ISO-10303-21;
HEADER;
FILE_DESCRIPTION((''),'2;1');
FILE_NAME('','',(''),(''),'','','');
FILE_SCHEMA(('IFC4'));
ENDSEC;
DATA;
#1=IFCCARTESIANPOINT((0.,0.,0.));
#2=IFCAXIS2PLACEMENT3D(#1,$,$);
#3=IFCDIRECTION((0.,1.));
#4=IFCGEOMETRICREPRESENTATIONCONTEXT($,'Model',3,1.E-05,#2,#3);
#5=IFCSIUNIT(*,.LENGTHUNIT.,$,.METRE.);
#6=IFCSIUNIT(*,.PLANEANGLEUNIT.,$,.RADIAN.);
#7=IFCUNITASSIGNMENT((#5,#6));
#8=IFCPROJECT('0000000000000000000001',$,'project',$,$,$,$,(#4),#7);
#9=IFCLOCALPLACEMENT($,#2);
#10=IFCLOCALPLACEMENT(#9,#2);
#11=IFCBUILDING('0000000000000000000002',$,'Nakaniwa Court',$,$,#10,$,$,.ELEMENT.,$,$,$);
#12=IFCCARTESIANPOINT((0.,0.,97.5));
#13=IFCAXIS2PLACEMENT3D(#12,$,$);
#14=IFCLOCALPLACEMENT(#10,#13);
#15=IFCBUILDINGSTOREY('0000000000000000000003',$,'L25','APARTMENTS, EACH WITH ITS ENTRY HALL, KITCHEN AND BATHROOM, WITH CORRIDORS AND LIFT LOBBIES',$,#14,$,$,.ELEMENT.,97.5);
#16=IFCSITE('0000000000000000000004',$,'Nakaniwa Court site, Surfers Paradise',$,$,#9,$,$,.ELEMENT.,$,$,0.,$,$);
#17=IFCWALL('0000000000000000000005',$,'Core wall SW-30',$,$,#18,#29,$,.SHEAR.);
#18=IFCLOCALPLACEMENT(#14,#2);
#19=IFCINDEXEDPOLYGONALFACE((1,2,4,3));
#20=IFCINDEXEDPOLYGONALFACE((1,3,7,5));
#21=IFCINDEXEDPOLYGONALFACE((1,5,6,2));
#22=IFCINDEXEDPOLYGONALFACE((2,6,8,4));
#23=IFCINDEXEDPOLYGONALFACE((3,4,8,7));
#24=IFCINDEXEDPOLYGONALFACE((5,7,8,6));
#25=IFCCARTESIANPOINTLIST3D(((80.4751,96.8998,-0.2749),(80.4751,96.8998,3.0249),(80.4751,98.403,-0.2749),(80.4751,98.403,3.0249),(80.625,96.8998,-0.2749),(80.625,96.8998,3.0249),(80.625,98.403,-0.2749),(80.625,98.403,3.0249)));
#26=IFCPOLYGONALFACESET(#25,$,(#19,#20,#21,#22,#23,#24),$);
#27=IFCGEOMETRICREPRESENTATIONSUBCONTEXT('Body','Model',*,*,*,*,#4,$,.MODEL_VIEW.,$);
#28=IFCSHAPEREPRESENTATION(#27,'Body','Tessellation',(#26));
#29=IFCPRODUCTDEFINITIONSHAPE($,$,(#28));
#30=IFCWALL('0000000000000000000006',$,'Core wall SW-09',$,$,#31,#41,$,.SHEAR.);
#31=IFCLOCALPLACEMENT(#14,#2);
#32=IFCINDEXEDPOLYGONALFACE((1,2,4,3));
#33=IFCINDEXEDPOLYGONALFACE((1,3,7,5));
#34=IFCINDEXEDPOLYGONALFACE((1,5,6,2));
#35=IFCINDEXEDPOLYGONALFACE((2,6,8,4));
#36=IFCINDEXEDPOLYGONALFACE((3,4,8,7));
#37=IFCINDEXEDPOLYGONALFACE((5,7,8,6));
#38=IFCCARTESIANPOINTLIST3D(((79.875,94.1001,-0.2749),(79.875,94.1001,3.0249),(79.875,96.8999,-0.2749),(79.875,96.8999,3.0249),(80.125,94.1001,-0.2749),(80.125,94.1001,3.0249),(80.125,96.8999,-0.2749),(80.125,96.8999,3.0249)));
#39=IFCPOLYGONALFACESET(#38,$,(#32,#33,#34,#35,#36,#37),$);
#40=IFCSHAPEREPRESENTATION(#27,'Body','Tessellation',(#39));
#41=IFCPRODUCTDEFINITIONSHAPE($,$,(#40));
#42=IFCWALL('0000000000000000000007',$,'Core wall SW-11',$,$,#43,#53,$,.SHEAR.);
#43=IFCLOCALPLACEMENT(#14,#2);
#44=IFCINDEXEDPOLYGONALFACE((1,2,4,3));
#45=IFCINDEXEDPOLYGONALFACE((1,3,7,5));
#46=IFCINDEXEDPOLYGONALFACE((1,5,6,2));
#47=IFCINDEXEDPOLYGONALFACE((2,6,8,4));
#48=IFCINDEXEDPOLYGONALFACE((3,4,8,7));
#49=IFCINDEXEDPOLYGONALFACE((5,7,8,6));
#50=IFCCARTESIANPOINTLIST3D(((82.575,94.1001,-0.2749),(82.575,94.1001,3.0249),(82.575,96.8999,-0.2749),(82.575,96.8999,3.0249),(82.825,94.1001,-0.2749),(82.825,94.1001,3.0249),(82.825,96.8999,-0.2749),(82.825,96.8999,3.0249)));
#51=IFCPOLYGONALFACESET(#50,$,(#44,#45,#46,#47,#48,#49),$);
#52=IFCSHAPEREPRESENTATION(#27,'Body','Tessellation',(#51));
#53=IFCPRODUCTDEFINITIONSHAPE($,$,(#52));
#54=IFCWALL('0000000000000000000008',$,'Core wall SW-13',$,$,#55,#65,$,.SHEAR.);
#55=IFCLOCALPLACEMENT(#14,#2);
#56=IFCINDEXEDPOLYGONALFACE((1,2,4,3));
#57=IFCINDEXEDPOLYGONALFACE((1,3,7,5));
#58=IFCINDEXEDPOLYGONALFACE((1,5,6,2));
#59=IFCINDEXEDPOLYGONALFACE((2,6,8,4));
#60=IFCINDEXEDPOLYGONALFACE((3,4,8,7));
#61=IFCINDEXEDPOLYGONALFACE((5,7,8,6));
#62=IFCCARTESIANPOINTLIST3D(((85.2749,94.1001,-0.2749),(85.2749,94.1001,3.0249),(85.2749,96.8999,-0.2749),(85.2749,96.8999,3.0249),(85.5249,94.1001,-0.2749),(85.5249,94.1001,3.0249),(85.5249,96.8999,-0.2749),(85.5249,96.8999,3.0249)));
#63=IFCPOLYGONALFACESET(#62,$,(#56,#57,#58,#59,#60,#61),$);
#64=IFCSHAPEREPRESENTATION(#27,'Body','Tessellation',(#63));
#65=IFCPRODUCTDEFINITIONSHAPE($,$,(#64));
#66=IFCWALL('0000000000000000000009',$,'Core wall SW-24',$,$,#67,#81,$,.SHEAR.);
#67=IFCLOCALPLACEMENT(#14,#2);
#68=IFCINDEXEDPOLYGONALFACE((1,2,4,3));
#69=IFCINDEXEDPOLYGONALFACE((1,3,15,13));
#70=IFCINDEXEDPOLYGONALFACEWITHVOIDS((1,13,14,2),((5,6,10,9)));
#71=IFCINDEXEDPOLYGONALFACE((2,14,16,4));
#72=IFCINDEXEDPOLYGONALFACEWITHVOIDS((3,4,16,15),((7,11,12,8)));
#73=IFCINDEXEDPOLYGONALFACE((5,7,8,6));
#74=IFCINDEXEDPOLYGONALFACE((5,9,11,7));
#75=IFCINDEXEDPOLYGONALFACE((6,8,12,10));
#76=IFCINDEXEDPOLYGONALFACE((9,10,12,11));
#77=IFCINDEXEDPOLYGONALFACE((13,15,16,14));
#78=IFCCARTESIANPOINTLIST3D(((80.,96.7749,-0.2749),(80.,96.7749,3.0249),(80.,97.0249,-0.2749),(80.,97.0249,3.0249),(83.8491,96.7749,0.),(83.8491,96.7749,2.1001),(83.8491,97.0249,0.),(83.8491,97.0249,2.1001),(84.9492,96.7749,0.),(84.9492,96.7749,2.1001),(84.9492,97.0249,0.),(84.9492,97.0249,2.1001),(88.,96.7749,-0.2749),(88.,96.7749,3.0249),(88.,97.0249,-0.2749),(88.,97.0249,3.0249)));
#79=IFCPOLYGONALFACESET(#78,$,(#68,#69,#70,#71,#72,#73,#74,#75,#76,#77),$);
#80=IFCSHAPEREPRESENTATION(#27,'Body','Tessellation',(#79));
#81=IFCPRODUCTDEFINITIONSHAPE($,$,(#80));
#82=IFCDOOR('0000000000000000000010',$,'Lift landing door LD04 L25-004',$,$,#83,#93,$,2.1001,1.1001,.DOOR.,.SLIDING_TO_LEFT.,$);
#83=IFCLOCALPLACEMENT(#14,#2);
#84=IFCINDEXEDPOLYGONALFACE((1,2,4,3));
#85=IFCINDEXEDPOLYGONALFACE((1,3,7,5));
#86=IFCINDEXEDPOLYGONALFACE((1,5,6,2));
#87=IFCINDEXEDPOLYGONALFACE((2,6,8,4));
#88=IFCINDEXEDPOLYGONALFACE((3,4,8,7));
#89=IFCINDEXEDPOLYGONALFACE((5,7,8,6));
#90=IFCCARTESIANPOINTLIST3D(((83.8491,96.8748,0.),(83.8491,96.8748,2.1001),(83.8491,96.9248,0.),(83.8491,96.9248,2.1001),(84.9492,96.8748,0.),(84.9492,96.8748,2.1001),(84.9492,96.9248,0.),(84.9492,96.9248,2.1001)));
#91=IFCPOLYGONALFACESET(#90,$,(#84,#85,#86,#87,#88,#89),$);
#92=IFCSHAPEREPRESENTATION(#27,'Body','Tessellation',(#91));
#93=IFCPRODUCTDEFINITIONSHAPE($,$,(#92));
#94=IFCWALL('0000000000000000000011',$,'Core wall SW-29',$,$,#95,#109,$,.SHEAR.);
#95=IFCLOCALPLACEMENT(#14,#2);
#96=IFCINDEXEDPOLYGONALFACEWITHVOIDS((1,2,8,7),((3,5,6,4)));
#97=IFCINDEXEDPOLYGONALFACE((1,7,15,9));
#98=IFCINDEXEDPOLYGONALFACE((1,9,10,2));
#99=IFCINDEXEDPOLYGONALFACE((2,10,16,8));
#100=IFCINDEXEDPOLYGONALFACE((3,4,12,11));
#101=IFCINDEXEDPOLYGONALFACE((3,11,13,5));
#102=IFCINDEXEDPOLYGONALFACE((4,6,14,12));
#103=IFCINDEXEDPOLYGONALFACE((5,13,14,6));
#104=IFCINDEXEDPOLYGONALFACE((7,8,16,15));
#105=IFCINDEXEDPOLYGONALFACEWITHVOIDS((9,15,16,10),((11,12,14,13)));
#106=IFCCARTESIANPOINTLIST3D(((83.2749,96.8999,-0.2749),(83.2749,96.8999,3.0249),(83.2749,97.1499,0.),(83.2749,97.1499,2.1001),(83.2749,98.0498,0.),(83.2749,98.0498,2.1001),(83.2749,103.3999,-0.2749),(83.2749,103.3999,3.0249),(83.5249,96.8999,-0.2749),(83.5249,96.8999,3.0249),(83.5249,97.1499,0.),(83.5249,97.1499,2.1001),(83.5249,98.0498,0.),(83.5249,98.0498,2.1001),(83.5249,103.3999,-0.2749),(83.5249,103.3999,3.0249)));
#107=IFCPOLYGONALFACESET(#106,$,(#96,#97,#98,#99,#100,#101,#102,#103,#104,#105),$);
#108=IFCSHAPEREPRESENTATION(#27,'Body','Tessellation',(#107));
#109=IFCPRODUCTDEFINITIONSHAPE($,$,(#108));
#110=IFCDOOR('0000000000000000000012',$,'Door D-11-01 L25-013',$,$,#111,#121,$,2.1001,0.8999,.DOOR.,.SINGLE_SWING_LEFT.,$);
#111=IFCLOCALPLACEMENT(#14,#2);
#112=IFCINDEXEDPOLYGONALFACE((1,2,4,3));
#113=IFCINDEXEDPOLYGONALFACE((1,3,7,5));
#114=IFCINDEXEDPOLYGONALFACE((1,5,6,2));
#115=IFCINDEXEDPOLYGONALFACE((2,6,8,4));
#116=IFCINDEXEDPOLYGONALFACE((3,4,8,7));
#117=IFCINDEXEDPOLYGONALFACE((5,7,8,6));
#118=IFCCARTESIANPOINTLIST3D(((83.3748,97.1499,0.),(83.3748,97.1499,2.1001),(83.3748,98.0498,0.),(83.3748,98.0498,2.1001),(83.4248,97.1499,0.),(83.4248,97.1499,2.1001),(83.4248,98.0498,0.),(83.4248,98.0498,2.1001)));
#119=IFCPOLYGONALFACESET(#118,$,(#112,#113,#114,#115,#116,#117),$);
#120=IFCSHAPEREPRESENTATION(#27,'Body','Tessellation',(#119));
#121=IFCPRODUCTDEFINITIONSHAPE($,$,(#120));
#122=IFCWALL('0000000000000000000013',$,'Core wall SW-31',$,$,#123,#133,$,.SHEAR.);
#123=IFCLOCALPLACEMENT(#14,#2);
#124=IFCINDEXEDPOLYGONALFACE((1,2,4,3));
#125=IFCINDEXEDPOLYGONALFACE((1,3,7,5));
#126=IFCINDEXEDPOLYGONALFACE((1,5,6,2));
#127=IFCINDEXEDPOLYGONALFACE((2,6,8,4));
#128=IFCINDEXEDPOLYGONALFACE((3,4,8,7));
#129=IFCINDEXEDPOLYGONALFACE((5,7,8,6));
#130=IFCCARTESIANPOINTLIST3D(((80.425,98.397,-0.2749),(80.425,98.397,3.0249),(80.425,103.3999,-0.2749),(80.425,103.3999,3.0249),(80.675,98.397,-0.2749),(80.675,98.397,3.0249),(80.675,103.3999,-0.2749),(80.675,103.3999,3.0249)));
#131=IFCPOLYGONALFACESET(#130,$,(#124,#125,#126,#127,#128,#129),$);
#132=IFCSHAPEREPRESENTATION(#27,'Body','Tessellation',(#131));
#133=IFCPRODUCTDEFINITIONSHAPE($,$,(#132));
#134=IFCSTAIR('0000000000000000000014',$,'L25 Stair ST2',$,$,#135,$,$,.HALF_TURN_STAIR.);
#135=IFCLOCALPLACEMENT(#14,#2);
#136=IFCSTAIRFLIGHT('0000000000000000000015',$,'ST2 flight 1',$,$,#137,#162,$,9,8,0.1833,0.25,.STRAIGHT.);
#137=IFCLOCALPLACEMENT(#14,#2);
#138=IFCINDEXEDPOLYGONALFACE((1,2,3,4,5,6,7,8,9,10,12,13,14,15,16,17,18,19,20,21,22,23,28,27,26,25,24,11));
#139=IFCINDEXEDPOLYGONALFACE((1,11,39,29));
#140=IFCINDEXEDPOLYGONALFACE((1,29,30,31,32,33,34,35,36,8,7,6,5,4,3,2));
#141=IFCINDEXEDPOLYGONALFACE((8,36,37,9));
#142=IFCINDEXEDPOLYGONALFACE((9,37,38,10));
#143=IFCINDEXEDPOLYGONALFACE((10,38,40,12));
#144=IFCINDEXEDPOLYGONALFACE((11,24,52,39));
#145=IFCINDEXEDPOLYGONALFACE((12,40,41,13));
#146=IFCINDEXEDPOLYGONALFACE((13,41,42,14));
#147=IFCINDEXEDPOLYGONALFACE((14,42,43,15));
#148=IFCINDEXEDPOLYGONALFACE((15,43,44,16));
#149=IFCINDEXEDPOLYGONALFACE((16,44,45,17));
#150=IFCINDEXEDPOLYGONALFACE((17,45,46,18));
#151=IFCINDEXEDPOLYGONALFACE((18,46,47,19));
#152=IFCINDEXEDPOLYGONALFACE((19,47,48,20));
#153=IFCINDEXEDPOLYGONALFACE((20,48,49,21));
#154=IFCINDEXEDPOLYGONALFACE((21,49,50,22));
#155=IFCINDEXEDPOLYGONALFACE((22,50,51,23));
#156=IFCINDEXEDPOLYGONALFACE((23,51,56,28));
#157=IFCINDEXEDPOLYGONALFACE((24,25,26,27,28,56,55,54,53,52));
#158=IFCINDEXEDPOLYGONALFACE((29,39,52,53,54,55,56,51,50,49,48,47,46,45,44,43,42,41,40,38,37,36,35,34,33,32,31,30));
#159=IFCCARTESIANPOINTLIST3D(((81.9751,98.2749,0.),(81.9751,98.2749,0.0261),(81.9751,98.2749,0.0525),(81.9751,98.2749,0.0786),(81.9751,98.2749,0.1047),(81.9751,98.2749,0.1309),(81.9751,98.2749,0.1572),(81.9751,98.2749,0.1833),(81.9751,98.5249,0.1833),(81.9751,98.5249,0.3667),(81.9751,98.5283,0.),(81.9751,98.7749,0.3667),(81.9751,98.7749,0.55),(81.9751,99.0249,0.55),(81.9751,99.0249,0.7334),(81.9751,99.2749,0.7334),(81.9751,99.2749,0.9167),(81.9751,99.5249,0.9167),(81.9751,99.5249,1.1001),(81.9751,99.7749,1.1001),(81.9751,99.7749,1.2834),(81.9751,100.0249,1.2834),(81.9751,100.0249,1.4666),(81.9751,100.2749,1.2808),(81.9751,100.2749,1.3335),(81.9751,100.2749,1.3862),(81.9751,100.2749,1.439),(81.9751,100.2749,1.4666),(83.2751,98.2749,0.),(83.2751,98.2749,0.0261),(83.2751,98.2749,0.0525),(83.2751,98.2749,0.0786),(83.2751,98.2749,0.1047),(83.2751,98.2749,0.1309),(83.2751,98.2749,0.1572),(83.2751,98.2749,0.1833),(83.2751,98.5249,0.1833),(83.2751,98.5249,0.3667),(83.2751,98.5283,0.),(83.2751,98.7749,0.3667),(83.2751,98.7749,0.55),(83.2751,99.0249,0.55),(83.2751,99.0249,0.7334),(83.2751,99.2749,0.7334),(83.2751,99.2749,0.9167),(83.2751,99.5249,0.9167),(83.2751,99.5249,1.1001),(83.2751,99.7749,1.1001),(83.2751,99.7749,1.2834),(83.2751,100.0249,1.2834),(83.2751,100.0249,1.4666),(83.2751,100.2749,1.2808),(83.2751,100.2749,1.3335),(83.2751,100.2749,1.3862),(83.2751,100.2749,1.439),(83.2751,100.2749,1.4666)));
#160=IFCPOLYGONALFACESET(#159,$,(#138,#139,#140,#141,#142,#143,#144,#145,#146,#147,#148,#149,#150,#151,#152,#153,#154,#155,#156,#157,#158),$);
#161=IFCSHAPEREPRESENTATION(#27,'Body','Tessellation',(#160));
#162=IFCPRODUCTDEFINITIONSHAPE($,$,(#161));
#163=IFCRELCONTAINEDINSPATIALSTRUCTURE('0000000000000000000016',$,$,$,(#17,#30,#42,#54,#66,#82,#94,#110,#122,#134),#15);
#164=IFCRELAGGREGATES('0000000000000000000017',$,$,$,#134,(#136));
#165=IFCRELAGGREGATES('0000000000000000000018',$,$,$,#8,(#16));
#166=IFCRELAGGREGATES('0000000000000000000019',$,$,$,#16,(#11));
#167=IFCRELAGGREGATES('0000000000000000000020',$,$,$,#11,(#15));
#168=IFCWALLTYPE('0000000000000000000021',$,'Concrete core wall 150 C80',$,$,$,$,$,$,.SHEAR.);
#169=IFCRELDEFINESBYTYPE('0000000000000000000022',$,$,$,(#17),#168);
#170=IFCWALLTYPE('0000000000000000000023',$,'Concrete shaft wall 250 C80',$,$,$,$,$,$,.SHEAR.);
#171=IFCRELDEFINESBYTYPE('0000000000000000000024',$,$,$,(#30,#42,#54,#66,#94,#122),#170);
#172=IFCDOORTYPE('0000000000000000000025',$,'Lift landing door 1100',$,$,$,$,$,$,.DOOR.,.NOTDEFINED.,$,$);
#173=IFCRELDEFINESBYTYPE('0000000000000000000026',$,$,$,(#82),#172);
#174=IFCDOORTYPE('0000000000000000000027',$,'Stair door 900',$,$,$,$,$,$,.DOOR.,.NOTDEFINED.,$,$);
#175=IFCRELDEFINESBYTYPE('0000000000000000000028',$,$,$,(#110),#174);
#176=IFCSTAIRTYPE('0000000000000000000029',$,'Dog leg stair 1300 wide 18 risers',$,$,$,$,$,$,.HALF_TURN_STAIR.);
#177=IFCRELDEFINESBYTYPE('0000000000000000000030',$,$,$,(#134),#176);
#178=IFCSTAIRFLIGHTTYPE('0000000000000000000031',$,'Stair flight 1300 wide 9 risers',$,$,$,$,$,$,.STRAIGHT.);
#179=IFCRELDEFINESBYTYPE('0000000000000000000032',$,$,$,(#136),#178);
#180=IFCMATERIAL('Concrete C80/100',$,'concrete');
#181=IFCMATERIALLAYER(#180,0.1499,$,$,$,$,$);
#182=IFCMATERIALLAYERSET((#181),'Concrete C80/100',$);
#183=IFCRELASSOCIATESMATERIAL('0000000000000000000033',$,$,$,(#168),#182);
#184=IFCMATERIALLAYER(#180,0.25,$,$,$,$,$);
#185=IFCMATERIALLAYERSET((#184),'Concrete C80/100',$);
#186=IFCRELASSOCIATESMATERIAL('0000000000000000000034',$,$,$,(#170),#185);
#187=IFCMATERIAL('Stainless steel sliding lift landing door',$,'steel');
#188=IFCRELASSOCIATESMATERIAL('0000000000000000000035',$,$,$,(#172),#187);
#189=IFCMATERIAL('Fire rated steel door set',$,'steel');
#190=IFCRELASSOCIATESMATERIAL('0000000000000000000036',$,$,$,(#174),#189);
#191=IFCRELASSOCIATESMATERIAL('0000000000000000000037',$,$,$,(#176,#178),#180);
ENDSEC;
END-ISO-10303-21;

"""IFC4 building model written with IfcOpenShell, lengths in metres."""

from ifc_helpers import new_model, si_unit, direction, frame, frame_2d, origin, place, context, subcontext, project, spatial, polyline, rectangle, outline, extrude, material, layer, layer_set, type_object, element, fill, aggregate, save


model = new_model("IFC4")

# Units and contexts
model_context = context("Model", 3, precision=1e-05, world=origin(), true_north=direction((0.0, 1.0)))
body_context = subcontext(model_context, "Body", "Model", "MODEL_VIEW")
ifc_project = project(units=[si_unit("LENGTHUNIT", "METRE"), si_unit("PLANEANGLEUNIT", "RADIAN")], contexts=[model_context])

# Site, building, storey
site_placement = place(None, origin())
site = spatial("IfcSite", under=ifc_project, at=site_placement, Name="Nakaniwa Court site, Surfers Paradise", CompositionType="ELEMENT", RefElevation=0.0)
building_placement = place(site_placement, origin())
building = spatial("IfcBuilding", under=site, at=building_placement, Name="Nakaniwa Court", CompositionType="ELEMENT")
storey_placement = place(building_placement, frame((0.0, 0.0, 97.5)))
storey = spatial("IfcBuildingStorey", under=building, at=storey_placement, Name="L25", Description="APARTMENTS, EACH WITH ITS ENTRY HALL, KITCHEN AND BATHROOM, WITH CORRIDORS AND LIFT LOBBIES", CompositionType="ELEMENT", Elevation=97.5)

# Shared definitions
ifc_material_1 = material(Name="Concrete C80/100", Category="concrete")

# Shared definitions
ifc_material_2 = material(Name="Fire rated steel door set", Category="steel")

# Walls
ifc_layer_1 = layer(ifc_material_1, 0.1499)
ifc_layer_set_1 = layer_set([ifc_layer_1], Name="Concrete C80/100")
wall_type_1 = type_object("IfcWallType", Name="Concrete core wall 150 C80", PredefinedType="SHEAR", material=ifc_layer_set_1)
wall_1_placement = place(storey_placement, frame((80.55, 96.8999, -0.2749), z_axis=(0.0, 0.0, 1.0), x_axis=(0.0, 1.0, 0.0)))
element("IfcWall", 1, at=wall_1_placement, inside=storey, type_object=wall_type_1, Name="Core wall SW-30", PredefinedType="SHEAR", context=body_context, shape_type="SweptSolid", body=[
    extrude(rectangle(XDim=1.5032, YDim=0.1499, at=frame_2d((0.7515, 0.0))), origin(), (0.0, 0.0, 1.0), 3.2998),
])
ifc_layer_2 = layer(ifc_material_1, 0.25)
ifc_layer_set_2 = layer_set([ifc_layer_2], Name="Concrete C80/100")
wall_type_2 = type_object("IfcWallType", Name="Concrete shaft wall 250 C80", PredefinedType="SHEAR", material=ifc_layer_set_2)
for number, where, z_axis, x_axis, name in (
    (2, (80.0, 94.1001, -0.2749), (0.0, 0.0, 1.0), (0.0, 1.0, 0.0), "Core wall SW-09"),
    (3, (82.7, 94.1001, -0.2749), (0.0, 0.0, 1.0), (0.0, 1.0, 0.0), "Core wall SW-11"),
    (4, (85.3999, 94.1001, -0.2749), (0.0, 0.0, 1.0), (0.0, 1.0, 0.0), "Core wall SW-13"),
):
    element("IfcWall", number, at=place(storey_placement, frame(where, z_axis=z_axis, x_axis=x_axis)), inside=storey, type_object=wall_type_2, Name=name, PredefinedType="SHEAR", context=body_context, shape_type="SweptSolid", body=[
        extrude(rectangle(XDim=2.7998, YDim=0.25, at=frame_2d((1.3999, 0.0))), origin(), (0.0, 0.0, 1.0), 3.2998),
    ])

# Walls, openings, doors
wall_2_placement = place(storey_placement, frame((80.0, 96.8999, -0.2749), z_axis=(0.0, 0.0, 1.0), x_axis=(1.0, 0.0, 0.0)))
wall_2 = element("IfcWall", 5, at=wall_2_placement, inside=storey, type_object=wall_type_2, Name="Core wall SW-24", PredefinedType="SHEAR", context=body_context, shape_type="SweptSolid", body=[
    extrude(rectangle(XDim=8.0, YDim=0.25, at=frame_2d((4.0, 0.0))), origin(), (0.0, 0.0, 1.0), 3.2998),
])
opening_1_placement = place(wall_2_placement, frame((3.8491, 0.0, 0.2749)))
opening_1 = element("IfcOpeningElement", 6, at=opening_1_placement, cuts=wall_2, PredefinedType="OPENING", context=body_context, shape_type="SweptSolid", body=[
    extrude(rectangle(XDim=1.1001, YDim=2.1001, at=frame_2d((0.55, 1.05))), frame((0.0, 0.135, 0.0), z_axis=(0.0, -1.0, 0.0), x_axis=(1.0, 0.0, 0.0)), (0.0, 0.0, 1.0), 0.27),
])
ifc_material_3 = material(Name="Stainless steel sliding lift landing door", Category="steel")
door_type_1 = type_object("IfcDoorType", Name="Lift landing door 1100", OperationType="NOTDEFINED", PredefinedType="DOOR", material=ifc_material_3)
door_1_placement = place(opening_1_placement, origin())
door_1 = element("IfcDoor", 7, at=door_1_placement, inside=storey, type_object=door_type_1, Name="Lift landing door LD04 L25-004", OperationType="SLIDING_TO_LEFT", OverallHeight=2.1001, OverallWidth=1.1001, PredefinedType="DOOR", context=body_context, shape_type="SweptSolid", body=[
    extrude(rectangle(XDim=1.1001, YDim=2.1001, at=frame_2d((0.55, 1.05))), frame((0.0, 0.0249, 0.0), z_axis=(0.0, -1.0, 0.0), x_axis=(1.0, 0.0, 0.0)), (0.0, 0.0, 1.0), 0.05),
])
fill(opening_1, door_1)
wall_3_placement = place(storey_placement, frame((83.3999, 103.3999, -0.2749), z_axis=(0.0, 0.0, 1.0), x_axis=(0.0, -1.0, 0.0)))
wall_3 = element("IfcWall", 8, at=wall_3_placement, inside=storey, type_object=wall_type_2, Name="Core wall SW-29", PredefinedType="SHEAR", context=body_context, shape_type="SweptSolid", body=[
    extrude(rectangle(XDim=6.5, YDim=0.25, at=frame_2d((3.25, 0.0))), origin(), (0.0, 0.0, 1.0), 3.2998),
])
opening_2_placement = place(wall_3_placement, frame((5.3501, 0.0, 0.2749)))
opening_2 = element("IfcOpeningElement", 9, at=opening_2_placement, cuts=wall_3, PredefinedType="OPENING", context=body_context, shape_type="SweptSolid", body=[
    extrude(rectangle(XDim=0.8999, YDim=2.1001, at=frame_2d((0.45, 1.05))), frame((0.0, 0.135, 0.0), z_axis=(0.0, -1.0, 0.0), x_axis=(1.0, 0.0, 0.0)), (0.0, 0.0, 1.0), 0.27),
])
door_type_2 = type_object("IfcDoorType", Name="Stair door 900", OperationType="NOTDEFINED", PredefinedType="DOOR", material=ifc_material_2)
door_2_placement = place(opening_2_placement, origin())
door_2 = element("IfcDoor", 10, at=door_2_placement, inside=storey, type_object=door_type_2, Name="Door D-11-01 L25-013", OperationType="SINGLE_SWING_LEFT", OverallHeight=2.1001, OverallWidth=0.8999, PredefinedType="DOOR", context=body_context, shape_type="SweptSolid", body=[
    extrude(rectangle(XDim=0.8999, YDim=2.1001, at=frame_2d((0.45, 1.05))), frame((0.0, 0.0249, 0.0), z_axis=(0.0, -1.0, 0.0), x_axis=(1.0, 0.0, 0.0)), (0.0, 0.0, 1.0), 0.05),
])
fill(opening_2, door_2)

# Wall
wall_4_placement = place(storey_placement, frame((80.55, 98.397, -0.2749), z_axis=(0.0, 0.0, 1.0), x_axis=(0.0, 1.0, 0.0)))
element("IfcWall", 11, at=wall_4_placement, inside=storey, type_object=wall_type_2, Name="Core wall SW-31", PredefinedType="SHEAR", context=body_context, shape_type="SweptSolid", body=[
    extrude(rectangle(XDim=5.0029, YDim=0.25, at=frame_2d((2.5015, 0.0))), origin(), (0.0, 0.0, 1.0), 3.2998),
])

# Stair, stair flight
stair_type = type_object("IfcStairType", Name="Dog leg stair 1300 wide 18 risers", PredefinedType="HALF_TURN_STAIR", material=ifc_material_1)
stair_placement = place(storey_placement, origin())
stair = element("IfcStair", 12, at=stair_placement, inside=storey, type_object=stair_type, Name="L25 Stair ST2", PredefinedType="HALF_TURN_STAIR")
stair_flight_type = type_object("IfcStairFlightType", Name="Stair flight 1300 wide 9 risers", PredefinedType="STRAIGHT", material=ifc_material_1)
stair_flight_1_placement = place(storey_placement, frame((82.625, 98.2749, 0.0), z_axis=(0.0, 0.0, 1.0), x_axis=(0.0, 1.0, 0.0)))
stair_flight_1 = element("IfcStairFlight", 13, at=stair_flight_1_placement, type_object=stair_flight_type, Name="ST2 flight 1", NumberOfRisers=9, NumberOfTreads=8, PredefinedType="STRAIGHT", RiserHeight=0.1833, TreadLength=0.25, context=body_context, shape_type="SweptSolid", body=[
    extrude(outline(polyline([(0.0, 0.0), (0.0, 0.0261), (0.0, 0.0525), (0.0, 0.0786), (0.0, 0.1047), (0.0, 0.1309), (0.0, 0.1572), (0.0, 0.1833), (0.25, 0.1833), (0.25, 0.3667), (0.5, 0.3667), (0.5, 0.55), (0.75, 0.55), (0.75, 0.7334), (1.0, 0.7334), (1.0, 0.9167), (1.25, 0.9167), (1.25, 1.1001), (1.5, 1.1001), (1.5, 1.2834), (1.75, 1.2834), (1.75, 1.4666), (2.0, 1.4666), (2.0, 1.6499), (2.0, 1.5972), (2.0, 1.5444), (2.0, 1.4917), (2.0, 1.439), (2.0, 1.3862), (2.0, 1.3335), (2.0, 1.2808), (0.2534, 0.0), (0.0, 0.0)])), frame((0.0, 0.6499, 0.0), z_axis=(0.0, -1.0, 0.0), x_axis=(1.0, 0.0, 0.0)), (0.0, 0.0, 1.0), 1.3),
])
aggregate(stair, [stair_flight_1])

save(model, "model.ifc")
